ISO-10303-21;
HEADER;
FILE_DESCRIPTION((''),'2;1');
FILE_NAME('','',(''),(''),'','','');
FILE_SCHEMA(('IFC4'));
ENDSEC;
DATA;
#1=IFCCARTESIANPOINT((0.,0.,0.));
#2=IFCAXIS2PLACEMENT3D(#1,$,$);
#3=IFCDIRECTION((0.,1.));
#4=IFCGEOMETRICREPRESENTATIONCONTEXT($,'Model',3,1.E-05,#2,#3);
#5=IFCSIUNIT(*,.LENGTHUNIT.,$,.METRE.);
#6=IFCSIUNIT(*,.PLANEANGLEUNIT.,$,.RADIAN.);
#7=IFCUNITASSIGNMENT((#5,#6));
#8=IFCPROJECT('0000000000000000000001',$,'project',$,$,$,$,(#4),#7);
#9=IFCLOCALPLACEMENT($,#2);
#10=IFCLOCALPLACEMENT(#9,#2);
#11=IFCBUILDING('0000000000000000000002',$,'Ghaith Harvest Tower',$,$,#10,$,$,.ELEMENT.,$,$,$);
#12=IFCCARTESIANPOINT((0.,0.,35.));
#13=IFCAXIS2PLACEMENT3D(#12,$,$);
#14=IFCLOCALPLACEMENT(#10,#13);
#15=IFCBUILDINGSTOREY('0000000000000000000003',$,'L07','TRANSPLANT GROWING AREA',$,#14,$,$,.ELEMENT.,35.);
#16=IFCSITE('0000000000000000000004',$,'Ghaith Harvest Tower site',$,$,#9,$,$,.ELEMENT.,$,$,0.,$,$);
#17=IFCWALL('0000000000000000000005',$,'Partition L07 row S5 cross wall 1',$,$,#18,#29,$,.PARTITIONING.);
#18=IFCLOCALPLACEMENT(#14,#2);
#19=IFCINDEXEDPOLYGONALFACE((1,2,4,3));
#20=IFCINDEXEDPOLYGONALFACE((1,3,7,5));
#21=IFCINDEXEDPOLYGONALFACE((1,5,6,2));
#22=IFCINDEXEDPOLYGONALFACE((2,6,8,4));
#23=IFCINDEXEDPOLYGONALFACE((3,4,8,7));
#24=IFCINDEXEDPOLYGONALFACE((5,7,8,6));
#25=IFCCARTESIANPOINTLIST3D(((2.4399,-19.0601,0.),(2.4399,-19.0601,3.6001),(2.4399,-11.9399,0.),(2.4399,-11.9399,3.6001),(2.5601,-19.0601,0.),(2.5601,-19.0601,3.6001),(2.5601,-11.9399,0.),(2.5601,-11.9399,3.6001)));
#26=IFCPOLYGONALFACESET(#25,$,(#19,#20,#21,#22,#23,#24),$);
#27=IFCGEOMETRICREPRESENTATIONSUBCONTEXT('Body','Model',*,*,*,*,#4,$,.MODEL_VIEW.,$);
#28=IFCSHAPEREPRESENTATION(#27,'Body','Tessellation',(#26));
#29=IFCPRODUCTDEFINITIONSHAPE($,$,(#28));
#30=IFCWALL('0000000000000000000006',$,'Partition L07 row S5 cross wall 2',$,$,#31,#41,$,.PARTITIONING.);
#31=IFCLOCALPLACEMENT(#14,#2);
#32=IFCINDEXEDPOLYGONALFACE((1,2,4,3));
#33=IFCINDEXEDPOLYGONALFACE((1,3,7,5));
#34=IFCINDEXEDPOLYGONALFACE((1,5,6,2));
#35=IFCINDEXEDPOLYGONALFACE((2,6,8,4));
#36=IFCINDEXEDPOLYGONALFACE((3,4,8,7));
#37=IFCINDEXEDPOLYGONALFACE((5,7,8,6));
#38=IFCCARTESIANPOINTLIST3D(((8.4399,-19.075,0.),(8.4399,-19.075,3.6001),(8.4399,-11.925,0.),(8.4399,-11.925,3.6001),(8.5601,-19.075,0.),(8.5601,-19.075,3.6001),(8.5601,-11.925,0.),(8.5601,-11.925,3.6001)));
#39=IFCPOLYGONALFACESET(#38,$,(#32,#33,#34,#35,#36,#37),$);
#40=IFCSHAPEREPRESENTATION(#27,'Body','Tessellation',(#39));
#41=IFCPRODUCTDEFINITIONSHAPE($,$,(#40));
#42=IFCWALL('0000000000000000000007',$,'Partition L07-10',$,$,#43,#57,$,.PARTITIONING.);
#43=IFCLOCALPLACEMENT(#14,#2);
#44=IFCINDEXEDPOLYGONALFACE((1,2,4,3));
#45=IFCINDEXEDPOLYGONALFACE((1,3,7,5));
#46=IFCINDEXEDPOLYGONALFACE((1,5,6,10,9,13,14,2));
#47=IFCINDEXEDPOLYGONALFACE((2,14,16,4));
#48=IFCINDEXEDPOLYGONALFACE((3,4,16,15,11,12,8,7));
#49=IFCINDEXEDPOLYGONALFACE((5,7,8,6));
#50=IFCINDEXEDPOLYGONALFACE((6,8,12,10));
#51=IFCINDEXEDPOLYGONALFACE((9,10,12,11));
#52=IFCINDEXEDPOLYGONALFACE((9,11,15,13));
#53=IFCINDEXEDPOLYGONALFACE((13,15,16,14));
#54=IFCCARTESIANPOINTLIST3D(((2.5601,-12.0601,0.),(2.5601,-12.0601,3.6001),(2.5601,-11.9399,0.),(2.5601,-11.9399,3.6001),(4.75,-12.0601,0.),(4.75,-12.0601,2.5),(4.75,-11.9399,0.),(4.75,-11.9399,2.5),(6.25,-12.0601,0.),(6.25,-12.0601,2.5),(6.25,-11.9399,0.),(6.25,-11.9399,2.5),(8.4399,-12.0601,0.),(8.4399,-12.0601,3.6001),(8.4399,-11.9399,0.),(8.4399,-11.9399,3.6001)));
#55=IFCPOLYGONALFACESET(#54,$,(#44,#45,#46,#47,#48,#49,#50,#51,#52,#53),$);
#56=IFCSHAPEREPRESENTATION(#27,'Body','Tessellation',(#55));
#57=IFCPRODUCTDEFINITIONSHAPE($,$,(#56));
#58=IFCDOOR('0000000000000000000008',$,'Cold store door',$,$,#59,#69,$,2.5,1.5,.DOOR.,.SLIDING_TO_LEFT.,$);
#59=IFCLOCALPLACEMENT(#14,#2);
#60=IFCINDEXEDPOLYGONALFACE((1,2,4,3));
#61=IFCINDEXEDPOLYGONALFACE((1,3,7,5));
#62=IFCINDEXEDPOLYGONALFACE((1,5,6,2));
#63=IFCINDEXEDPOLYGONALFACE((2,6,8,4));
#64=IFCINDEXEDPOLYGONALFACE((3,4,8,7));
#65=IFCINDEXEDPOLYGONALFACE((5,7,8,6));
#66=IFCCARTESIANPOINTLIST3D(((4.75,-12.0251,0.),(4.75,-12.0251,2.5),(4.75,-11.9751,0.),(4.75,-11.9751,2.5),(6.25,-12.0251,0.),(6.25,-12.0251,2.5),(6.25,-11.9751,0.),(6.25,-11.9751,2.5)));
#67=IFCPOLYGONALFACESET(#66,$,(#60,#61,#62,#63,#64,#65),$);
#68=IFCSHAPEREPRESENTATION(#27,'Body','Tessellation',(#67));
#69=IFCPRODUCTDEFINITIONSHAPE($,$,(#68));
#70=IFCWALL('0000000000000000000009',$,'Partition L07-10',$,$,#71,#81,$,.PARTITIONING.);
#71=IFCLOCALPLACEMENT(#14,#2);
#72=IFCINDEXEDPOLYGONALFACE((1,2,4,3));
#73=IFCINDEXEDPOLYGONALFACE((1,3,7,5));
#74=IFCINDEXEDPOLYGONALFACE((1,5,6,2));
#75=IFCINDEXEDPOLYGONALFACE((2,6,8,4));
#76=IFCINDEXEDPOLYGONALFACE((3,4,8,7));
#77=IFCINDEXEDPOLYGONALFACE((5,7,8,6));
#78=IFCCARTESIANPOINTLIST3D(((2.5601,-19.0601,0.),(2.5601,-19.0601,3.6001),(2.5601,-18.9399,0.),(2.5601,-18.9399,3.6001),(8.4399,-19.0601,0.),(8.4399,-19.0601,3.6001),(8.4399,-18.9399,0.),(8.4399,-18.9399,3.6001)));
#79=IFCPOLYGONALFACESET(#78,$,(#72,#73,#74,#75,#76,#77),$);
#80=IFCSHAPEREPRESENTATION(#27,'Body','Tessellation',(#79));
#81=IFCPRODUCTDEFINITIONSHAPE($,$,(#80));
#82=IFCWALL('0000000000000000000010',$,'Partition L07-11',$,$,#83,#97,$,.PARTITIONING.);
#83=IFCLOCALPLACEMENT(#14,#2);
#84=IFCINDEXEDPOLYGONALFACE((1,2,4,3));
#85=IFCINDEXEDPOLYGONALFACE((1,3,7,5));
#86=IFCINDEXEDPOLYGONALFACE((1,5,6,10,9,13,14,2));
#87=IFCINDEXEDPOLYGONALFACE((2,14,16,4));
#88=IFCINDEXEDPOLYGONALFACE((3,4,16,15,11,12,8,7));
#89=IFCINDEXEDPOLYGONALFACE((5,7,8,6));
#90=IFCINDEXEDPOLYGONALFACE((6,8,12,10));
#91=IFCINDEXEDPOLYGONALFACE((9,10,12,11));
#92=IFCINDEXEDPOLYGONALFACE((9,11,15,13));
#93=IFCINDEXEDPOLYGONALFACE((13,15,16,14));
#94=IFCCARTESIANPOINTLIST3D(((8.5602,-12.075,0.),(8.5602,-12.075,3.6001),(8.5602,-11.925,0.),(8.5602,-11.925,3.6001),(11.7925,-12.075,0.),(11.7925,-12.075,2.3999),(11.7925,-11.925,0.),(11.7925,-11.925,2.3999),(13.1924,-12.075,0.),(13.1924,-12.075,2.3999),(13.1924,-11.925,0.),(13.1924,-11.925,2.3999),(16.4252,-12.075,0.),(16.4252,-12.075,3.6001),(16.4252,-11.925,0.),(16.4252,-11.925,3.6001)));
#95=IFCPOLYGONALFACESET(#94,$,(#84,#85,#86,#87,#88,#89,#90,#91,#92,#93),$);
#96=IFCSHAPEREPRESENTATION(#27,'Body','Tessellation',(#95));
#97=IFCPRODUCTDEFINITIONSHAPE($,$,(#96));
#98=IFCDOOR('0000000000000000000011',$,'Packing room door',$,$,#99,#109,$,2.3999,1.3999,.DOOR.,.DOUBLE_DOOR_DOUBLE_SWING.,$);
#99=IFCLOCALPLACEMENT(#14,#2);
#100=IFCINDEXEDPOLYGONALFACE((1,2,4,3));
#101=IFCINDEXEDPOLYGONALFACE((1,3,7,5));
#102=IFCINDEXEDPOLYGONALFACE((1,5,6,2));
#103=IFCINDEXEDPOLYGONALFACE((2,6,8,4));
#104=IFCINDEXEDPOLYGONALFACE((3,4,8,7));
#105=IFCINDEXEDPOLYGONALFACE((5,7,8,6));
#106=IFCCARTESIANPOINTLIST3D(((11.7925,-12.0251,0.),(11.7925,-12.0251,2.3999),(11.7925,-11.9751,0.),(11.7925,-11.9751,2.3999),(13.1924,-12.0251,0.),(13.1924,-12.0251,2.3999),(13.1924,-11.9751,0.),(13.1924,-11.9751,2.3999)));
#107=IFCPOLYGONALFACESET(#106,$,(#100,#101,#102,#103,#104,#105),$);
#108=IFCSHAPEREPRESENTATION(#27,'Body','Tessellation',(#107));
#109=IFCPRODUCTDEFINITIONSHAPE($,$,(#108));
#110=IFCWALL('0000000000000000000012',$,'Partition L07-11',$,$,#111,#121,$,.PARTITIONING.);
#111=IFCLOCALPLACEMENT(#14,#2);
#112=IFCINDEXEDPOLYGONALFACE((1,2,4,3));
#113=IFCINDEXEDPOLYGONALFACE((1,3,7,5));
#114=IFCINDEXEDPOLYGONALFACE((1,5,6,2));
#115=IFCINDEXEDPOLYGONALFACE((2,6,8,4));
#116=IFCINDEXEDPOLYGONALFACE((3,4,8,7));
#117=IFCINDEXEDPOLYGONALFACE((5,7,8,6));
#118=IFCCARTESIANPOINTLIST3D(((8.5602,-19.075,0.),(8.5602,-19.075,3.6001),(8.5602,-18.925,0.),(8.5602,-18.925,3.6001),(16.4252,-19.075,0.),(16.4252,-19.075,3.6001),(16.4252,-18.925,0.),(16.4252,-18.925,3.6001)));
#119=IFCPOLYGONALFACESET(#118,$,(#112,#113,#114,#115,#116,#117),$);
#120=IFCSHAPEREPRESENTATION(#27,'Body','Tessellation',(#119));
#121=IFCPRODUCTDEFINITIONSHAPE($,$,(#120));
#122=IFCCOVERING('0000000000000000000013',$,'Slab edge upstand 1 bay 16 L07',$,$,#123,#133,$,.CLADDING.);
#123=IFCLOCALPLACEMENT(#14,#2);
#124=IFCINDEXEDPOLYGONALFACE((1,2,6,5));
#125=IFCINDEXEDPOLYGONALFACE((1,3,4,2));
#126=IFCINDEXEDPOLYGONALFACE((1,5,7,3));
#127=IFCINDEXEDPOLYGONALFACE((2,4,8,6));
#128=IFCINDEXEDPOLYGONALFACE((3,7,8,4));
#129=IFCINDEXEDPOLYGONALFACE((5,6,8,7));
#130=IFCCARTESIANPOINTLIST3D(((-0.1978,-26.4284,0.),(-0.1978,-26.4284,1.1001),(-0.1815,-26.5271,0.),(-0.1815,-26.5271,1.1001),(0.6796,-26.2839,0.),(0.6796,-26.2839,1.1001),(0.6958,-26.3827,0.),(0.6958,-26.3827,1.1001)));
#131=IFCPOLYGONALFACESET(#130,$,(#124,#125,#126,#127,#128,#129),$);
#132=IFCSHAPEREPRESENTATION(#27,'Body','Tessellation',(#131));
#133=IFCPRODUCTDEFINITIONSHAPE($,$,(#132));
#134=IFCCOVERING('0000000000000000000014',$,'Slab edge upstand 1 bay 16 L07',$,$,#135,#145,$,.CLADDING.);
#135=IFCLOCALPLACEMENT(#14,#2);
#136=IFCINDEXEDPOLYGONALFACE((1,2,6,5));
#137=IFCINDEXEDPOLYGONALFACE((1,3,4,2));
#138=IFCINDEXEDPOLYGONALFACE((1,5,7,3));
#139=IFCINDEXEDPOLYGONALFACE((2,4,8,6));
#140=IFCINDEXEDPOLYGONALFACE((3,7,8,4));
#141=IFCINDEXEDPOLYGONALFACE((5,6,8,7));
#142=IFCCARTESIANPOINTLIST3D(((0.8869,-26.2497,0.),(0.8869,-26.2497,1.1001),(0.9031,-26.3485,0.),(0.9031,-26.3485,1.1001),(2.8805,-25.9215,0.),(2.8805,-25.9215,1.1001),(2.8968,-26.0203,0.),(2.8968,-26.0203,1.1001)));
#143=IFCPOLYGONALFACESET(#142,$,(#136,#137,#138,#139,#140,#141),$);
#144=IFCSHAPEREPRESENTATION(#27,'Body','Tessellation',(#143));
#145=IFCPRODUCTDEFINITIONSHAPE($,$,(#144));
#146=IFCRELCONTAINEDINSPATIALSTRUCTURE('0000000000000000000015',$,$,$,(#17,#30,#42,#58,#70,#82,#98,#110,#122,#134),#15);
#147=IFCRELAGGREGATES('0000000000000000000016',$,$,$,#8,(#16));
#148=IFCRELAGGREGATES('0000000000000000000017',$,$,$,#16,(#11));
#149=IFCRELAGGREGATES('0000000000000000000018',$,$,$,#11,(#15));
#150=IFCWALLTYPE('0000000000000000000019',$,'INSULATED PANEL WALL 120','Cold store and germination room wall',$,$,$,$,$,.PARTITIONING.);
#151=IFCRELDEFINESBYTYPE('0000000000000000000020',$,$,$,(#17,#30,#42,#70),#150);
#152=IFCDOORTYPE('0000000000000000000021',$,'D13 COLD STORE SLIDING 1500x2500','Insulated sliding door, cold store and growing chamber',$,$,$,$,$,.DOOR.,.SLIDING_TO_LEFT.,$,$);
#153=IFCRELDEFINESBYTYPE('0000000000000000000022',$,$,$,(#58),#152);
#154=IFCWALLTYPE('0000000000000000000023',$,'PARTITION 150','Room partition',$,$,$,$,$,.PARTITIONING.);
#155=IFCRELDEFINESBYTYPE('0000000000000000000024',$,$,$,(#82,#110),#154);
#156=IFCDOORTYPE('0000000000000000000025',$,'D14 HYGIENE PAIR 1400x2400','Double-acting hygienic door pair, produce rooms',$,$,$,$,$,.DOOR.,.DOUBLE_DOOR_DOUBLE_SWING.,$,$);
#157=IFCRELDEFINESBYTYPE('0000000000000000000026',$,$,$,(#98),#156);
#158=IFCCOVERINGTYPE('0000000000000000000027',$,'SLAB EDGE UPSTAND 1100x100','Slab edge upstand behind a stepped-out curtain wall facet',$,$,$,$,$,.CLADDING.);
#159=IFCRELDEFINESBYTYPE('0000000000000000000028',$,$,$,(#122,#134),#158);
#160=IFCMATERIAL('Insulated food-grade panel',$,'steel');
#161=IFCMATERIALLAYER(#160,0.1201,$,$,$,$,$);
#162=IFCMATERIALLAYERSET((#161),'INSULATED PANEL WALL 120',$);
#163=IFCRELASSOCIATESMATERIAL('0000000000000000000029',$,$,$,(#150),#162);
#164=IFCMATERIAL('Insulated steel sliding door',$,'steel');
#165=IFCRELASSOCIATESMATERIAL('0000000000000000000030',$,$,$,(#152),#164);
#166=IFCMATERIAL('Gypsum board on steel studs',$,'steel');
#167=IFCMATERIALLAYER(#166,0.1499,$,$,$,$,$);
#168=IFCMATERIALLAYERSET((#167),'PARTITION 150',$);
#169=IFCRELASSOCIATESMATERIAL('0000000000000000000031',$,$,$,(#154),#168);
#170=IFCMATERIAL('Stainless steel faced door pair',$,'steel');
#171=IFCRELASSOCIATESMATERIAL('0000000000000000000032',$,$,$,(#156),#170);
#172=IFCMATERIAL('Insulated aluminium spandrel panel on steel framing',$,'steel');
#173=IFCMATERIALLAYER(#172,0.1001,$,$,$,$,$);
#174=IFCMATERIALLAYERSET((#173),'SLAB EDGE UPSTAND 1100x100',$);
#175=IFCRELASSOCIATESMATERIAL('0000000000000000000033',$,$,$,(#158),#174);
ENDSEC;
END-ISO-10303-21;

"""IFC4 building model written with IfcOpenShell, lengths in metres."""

from ifc_helpers import new_model, si_unit, direction, frame, frame_2d, origin, origin_2d, place, context, subcontext, project, spatial, rectangle, extrude, material, layer, layer_set, type_object, element, fill, save


model = new_model("IFC4")

# Units and contexts
model_context = context("Model", 3, precision=1e-05, world=origin(), true_north=direction((0.0, 1.0)))
body_context = subcontext(model_context, "Body", "Model", "MODEL_VIEW")
ifc_project = project(units=[si_unit("LENGTHUNIT", "METRE"), si_unit("PLANEANGLEUNIT", "RADIAN")], contexts=[model_context])

# Site, building, storey
site_placement = place(None, origin())
site = spatial("IfcSite", under=ifc_project, at=site_placement, Name="Ghaith Harvest Tower site", CompositionType="ELEMENT", RefElevation=0.0)
building_placement = place(site_placement, origin())
building = spatial("IfcBuilding", under=site, at=building_placement, Name="Ghaith Harvest Tower", CompositionType="ELEMENT")
storey_placement = place(building_placement, frame((0.0, 0.0, 35.0)))
storey = spatial("IfcBuildingStorey", under=building, at=storey_placement, Name="L07", Description="TRANSPLANT GROWING AREA", CompositionType="ELEMENT", Elevation=35.0)

# Walls
ifc_material_1 = material(Name="Insulated food-grade panel", Category="steel")
ifc_layer_1 = layer(ifc_material_1, 0.1201)
ifc_layer_set_1 = layer_set([ifc_layer_1], Name="INSULATED PANEL WALL 120")
wall_type_1 = type_object("IfcWallType", Name="INSULATED PANEL WALL 120", Description="Cold store and germination room wall", PredefinedType="PARTITIONING", material=ifc_layer_set_1)
wall_1_placement = place(storey_placement, frame((2.5, -11.9399, 0.0), z_axis=(0.0, 0.0, 1.0), x_axis=(0.0, -1.0, 0.0)))
element("IfcWall", 1, at=wall_1_placement, inside=storey, type_object=wall_type_1, Name="Partition L07 row S5 cross wall 1", PredefinedType="PARTITIONING", context=body_context, shape_type="SweptSolid", body=[
    extrude(rectangle(XDim=7.1201, YDim=0.1201, at=frame_2d((3.5601, 0.0))), origin(), (0.0, 0.0, 1.0), 3.6001),
])
wall_2_placement = place(storey_placement, frame((8.5, -11.925, 0.0), z_axis=(0.0, 0.0, 1.0), x_axis=(0.0, -1.0, 0.0)))
element("IfcWall", 2, at=wall_2_placement, inside=storey, type_object=wall_type_1, Name="Partition L07 row S5 cross wall 2", PredefinedType="PARTITIONING", context=body_context, shape_type="SweptSolid", body=[
    extrude(rectangle(XDim=7.1499, YDim=0.1201, at=frame_2d((3.575, 0.0))), origin(), (0.0, 0.0, 1.0), 3.6001),
])

# Wall, opening, door
wall_3_placement = place(storey_placement, frame((2.5601, -12.0, 0.0), z_axis=(0.0, 0.0, 1.0), x_axis=(1.0, 0.0, 0.0)))
wall_3 = element("IfcWall", 3, at=wall_3_placement, inside=storey, type_object=wall_type_1, Name="Partition L07-10", PredefinedType="PARTITIONING", context=body_context, shape_type="SweptSolid", body=[
    extrude(rectangle(XDim=5.8799, YDim=0.1201, at=frame_2d((2.9399, 0.0))), origin(), (0.0, 0.0, 1.0), 3.6001),
])
opening_1_placement = place(wall_3_placement, frame((2.1899, 0.0, 0.0)))
opening_1 = element("IfcOpeningElement", 4, at=opening_1_placement, cuts=wall_3, PredefinedType="OPENING", context=body_context, shape_type="SweptSolid", body=[
    extrude(rectangle(XDim=1.5, YDim=2.5, at=frame_2d((0.75, 1.25))), frame((0.0, 0.0701, 0.0), z_axis=(0.0, -1.0, 0.0), x_axis=(1.0, 0.0, 0.0)), (0.0, 0.0, 1.0), 0.1401),
])
ifc_material_2 = material(Name="Insulated steel sliding door", Category="steel")
door_type_1 = type_object("IfcDoorType", Name="D13 COLD STORE SLIDING 1500x2500", Description="Insulated sliding door, cold store and growing chamber", OperationType="SLIDING_TO_LEFT", PredefinedType="DOOR", material=ifc_material_2)
door_1_placement = place(opening_1_placement, origin())
door_1 = element("IfcDoor", 5, at=door_1_placement, inside=storey, type_object=door_type_1, Name="Cold store door", OperationType="SLIDING_TO_LEFT", OverallHeight=2.5, OverallWidth=1.5, PredefinedType="DOOR", context=body_context, shape_type="SweptSolid", body=[
    extrude(rectangle(XDim=1.5, YDim=2.5, at=frame_2d((0.75, 1.25))), frame((0.0, 0.0249, 0.0), z_axis=(0.0, -1.0, 0.0), x_axis=(1.0, 0.0, 0.0)), (0.0, 0.0, 1.0), 0.05),
])
fill(opening_1, door_1)

# Wall
wall_4_placement = place(storey_placement, frame((2.5601, -19.0, 0.0), z_axis=(0.0, 0.0, 1.0), x_axis=(1.0, 0.0, 0.0)))
element("IfcWall", 6, at=wall_4_placement, inside=storey, type_object=wall_type_1, Name="Partition L07-10", PredefinedType="PARTITIONING", context=body_context, shape_type="SweptSolid", body=[
    extrude(rectangle(XDim=5.8799, YDim=0.1201, at=frame_2d((2.9399, 0.0))), origin(), (0.0, 0.0, 1.0), 3.6001),
])

# Wall, opening, door
ifc_material_3 = material(Name="Gypsum board on steel studs", Category="steel")
ifc_layer_2 = layer(ifc_material_3, 0.1499)
ifc_layer_set_2 = layer_set([ifc_layer_2], Name="PARTITION 150")
wall_type_2 = type_object("IfcWallType", Name="PARTITION 150", Description="Room partition", PredefinedType="PARTITIONING", material=ifc_layer_set_2)
wall_5_placement = place(storey_placement, frame((8.5601, -12.0, 0.0), z_axis=(0.0, 0.0, 1.0), x_axis=(1.0, 0.0, 0.0)))
wall_5 = element("IfcWall", 7, at=wall_5_placement, inside=storey, type_object=wall_type_2, Name="Partition L07-11", PredefinedType="PARTITIONING", context=body_context, shape_type="SweptSolid", body=[
    extrude(rectangle(XDim=7.865, YDim=0.1499, at=frame_2d((3.9326, 0.0))), origin(), (0.0, 0.0, 1.0), 3.6001),
])
opening_2_placement = place(wall_5_placement, frame((3.2324, 0.0, 0.0)))
opening_2 = element("IfcOpeningElement", 8, at=opening_2_placement, cuts=wall_5, PredefinedType="OPENING", context=body_context, shape_type="SweptSolid", body=[
    extrude(rectangle(XDim=1.3999, YDim=2.3999, at=frame_2d((0.7, 1.2))), frame((0.0, 0.085, 0.0), z_axis=(0.0, -1.0, 0.0), x_axis=(1.0, 0.0, 0.0)), (0.0, 0.0, 1.0), 0.1699),
])
ifc_material_4 = material(Name="Stainless steel faced door pair", Category="steel")
door_type_2 = type_object("IfcDoorType", Name="D14 HYGIENE PAIR 1400x2400", Description="Double-acting hygienic door pair, produce rooms", OperationType="DOUBLE_DOOR_DOUBLE_SWING", PredefinedType="DOOR", material=ifc_material_4)
door_2_placement = place(opening_2_placement, origin())
door_2 = element("IfcDoor", 9, at=door_2_placement, inside=storey, type_object=door_type_2, Name="Packing room door", OperationType="DOUBLE_DOOR_DOUBLE_SWING", OverallHeight=2.3999, OverallWidth=1.3999, PredefinedType="DOOR", context=body_context, shape_type="SweptSolid", body=[
    extrude(rectangle(XDim=1.3999, YDim=2.3999, at=frame_2d((0.7, 1.2))), frame((0.0, 0.0249, 0.0), z_axis=(0.0, -1.0, 0.0), x_axis=(1.0, 0.0, 0.0)), (0.0, 0.0, 1.0), 0.05),
])
fill(opening_2, door_2)

# Wall
wall_6_placement = place(storey_placement, frame((8.5601, -19.0, 0.0), z_axis=(0.0, 0.0, 1.0), x_axis=(1.0, 0.0, 0.0)))
element("IfcWall", 10, at=wall_6_placement, inside=storey, type_object=wall_type_2, Name="Partition L07-11", PredefinedType="PARTITIONING", context=body_context, shape_type="SweptSolid", body=[
    extrude(rectangle(XDim=7.865, YDim=0.1499, at=frame_2d((3.9326, 0.0))), origin(), (0.0, 0.0, 1.0), 3.6001),
])

# Coverings
ifc_material_5 = material(Name="Insulated aluminium spandrel panel on steel framing", Category="steel")
ifc_layer_3 = layer(ifc_material_5, 0.1001)
ifc_layer_set_3 = layer_set([ifc_layer_3], Name="SLAB EDGE UPSTAND 1100x100")
covering_type = type_object("IfcCoveringType", Name="SLAB EDGE UPSTAND 1100x100", Description="Slab edge upstand behind a stepped-out curtain wall facet", PredefinedType="CLADDING", material=ifc_layer_set_3)
covering_1_placement = place(storey_placement, frame((0.249, -26.4055, 0.0), z_axis=(0.0, 0.0, 1.0), x_axis=(0.986716, 0.162453, 0.0)))
element("IfcCovering", 11, at=covering_1_placement, inside=storey, type_object=covering_type, Name="Slab edge upstand 1 bay 16 L07", PredefinedType="CLADDING", context=body_context, shape_type="SweptSolid", body=[
    extrude(rectangle(XDim=0.8892, YDim=0.1001, at=origin_2d()), origin(), (0.0, 0.0, 1.0), 1.1001),
])
covering_2_placement = place(storey_placement, frame((1.8918, -26.135, 0.0), z_axis=(0.0, 0.0, 1.0), x_axis=(0.986716, 0.162453, 0.0)))
element("IfcCovering", 12, at=covering_2_placement, inside=storey, type_object=covering_type, Name="Slab edge upstand 1 bay 16 L07", PredefinedType="CLADDING", context=body_context, shape_type="SweptSolid", body=[
    extrude(rectangle(XDim=2.0205, YDim=0.1001, at=origin_2d()), origin(), (0.0, 0.0, 1.0), 1.1001),
])

save(model, "model.ifc")
